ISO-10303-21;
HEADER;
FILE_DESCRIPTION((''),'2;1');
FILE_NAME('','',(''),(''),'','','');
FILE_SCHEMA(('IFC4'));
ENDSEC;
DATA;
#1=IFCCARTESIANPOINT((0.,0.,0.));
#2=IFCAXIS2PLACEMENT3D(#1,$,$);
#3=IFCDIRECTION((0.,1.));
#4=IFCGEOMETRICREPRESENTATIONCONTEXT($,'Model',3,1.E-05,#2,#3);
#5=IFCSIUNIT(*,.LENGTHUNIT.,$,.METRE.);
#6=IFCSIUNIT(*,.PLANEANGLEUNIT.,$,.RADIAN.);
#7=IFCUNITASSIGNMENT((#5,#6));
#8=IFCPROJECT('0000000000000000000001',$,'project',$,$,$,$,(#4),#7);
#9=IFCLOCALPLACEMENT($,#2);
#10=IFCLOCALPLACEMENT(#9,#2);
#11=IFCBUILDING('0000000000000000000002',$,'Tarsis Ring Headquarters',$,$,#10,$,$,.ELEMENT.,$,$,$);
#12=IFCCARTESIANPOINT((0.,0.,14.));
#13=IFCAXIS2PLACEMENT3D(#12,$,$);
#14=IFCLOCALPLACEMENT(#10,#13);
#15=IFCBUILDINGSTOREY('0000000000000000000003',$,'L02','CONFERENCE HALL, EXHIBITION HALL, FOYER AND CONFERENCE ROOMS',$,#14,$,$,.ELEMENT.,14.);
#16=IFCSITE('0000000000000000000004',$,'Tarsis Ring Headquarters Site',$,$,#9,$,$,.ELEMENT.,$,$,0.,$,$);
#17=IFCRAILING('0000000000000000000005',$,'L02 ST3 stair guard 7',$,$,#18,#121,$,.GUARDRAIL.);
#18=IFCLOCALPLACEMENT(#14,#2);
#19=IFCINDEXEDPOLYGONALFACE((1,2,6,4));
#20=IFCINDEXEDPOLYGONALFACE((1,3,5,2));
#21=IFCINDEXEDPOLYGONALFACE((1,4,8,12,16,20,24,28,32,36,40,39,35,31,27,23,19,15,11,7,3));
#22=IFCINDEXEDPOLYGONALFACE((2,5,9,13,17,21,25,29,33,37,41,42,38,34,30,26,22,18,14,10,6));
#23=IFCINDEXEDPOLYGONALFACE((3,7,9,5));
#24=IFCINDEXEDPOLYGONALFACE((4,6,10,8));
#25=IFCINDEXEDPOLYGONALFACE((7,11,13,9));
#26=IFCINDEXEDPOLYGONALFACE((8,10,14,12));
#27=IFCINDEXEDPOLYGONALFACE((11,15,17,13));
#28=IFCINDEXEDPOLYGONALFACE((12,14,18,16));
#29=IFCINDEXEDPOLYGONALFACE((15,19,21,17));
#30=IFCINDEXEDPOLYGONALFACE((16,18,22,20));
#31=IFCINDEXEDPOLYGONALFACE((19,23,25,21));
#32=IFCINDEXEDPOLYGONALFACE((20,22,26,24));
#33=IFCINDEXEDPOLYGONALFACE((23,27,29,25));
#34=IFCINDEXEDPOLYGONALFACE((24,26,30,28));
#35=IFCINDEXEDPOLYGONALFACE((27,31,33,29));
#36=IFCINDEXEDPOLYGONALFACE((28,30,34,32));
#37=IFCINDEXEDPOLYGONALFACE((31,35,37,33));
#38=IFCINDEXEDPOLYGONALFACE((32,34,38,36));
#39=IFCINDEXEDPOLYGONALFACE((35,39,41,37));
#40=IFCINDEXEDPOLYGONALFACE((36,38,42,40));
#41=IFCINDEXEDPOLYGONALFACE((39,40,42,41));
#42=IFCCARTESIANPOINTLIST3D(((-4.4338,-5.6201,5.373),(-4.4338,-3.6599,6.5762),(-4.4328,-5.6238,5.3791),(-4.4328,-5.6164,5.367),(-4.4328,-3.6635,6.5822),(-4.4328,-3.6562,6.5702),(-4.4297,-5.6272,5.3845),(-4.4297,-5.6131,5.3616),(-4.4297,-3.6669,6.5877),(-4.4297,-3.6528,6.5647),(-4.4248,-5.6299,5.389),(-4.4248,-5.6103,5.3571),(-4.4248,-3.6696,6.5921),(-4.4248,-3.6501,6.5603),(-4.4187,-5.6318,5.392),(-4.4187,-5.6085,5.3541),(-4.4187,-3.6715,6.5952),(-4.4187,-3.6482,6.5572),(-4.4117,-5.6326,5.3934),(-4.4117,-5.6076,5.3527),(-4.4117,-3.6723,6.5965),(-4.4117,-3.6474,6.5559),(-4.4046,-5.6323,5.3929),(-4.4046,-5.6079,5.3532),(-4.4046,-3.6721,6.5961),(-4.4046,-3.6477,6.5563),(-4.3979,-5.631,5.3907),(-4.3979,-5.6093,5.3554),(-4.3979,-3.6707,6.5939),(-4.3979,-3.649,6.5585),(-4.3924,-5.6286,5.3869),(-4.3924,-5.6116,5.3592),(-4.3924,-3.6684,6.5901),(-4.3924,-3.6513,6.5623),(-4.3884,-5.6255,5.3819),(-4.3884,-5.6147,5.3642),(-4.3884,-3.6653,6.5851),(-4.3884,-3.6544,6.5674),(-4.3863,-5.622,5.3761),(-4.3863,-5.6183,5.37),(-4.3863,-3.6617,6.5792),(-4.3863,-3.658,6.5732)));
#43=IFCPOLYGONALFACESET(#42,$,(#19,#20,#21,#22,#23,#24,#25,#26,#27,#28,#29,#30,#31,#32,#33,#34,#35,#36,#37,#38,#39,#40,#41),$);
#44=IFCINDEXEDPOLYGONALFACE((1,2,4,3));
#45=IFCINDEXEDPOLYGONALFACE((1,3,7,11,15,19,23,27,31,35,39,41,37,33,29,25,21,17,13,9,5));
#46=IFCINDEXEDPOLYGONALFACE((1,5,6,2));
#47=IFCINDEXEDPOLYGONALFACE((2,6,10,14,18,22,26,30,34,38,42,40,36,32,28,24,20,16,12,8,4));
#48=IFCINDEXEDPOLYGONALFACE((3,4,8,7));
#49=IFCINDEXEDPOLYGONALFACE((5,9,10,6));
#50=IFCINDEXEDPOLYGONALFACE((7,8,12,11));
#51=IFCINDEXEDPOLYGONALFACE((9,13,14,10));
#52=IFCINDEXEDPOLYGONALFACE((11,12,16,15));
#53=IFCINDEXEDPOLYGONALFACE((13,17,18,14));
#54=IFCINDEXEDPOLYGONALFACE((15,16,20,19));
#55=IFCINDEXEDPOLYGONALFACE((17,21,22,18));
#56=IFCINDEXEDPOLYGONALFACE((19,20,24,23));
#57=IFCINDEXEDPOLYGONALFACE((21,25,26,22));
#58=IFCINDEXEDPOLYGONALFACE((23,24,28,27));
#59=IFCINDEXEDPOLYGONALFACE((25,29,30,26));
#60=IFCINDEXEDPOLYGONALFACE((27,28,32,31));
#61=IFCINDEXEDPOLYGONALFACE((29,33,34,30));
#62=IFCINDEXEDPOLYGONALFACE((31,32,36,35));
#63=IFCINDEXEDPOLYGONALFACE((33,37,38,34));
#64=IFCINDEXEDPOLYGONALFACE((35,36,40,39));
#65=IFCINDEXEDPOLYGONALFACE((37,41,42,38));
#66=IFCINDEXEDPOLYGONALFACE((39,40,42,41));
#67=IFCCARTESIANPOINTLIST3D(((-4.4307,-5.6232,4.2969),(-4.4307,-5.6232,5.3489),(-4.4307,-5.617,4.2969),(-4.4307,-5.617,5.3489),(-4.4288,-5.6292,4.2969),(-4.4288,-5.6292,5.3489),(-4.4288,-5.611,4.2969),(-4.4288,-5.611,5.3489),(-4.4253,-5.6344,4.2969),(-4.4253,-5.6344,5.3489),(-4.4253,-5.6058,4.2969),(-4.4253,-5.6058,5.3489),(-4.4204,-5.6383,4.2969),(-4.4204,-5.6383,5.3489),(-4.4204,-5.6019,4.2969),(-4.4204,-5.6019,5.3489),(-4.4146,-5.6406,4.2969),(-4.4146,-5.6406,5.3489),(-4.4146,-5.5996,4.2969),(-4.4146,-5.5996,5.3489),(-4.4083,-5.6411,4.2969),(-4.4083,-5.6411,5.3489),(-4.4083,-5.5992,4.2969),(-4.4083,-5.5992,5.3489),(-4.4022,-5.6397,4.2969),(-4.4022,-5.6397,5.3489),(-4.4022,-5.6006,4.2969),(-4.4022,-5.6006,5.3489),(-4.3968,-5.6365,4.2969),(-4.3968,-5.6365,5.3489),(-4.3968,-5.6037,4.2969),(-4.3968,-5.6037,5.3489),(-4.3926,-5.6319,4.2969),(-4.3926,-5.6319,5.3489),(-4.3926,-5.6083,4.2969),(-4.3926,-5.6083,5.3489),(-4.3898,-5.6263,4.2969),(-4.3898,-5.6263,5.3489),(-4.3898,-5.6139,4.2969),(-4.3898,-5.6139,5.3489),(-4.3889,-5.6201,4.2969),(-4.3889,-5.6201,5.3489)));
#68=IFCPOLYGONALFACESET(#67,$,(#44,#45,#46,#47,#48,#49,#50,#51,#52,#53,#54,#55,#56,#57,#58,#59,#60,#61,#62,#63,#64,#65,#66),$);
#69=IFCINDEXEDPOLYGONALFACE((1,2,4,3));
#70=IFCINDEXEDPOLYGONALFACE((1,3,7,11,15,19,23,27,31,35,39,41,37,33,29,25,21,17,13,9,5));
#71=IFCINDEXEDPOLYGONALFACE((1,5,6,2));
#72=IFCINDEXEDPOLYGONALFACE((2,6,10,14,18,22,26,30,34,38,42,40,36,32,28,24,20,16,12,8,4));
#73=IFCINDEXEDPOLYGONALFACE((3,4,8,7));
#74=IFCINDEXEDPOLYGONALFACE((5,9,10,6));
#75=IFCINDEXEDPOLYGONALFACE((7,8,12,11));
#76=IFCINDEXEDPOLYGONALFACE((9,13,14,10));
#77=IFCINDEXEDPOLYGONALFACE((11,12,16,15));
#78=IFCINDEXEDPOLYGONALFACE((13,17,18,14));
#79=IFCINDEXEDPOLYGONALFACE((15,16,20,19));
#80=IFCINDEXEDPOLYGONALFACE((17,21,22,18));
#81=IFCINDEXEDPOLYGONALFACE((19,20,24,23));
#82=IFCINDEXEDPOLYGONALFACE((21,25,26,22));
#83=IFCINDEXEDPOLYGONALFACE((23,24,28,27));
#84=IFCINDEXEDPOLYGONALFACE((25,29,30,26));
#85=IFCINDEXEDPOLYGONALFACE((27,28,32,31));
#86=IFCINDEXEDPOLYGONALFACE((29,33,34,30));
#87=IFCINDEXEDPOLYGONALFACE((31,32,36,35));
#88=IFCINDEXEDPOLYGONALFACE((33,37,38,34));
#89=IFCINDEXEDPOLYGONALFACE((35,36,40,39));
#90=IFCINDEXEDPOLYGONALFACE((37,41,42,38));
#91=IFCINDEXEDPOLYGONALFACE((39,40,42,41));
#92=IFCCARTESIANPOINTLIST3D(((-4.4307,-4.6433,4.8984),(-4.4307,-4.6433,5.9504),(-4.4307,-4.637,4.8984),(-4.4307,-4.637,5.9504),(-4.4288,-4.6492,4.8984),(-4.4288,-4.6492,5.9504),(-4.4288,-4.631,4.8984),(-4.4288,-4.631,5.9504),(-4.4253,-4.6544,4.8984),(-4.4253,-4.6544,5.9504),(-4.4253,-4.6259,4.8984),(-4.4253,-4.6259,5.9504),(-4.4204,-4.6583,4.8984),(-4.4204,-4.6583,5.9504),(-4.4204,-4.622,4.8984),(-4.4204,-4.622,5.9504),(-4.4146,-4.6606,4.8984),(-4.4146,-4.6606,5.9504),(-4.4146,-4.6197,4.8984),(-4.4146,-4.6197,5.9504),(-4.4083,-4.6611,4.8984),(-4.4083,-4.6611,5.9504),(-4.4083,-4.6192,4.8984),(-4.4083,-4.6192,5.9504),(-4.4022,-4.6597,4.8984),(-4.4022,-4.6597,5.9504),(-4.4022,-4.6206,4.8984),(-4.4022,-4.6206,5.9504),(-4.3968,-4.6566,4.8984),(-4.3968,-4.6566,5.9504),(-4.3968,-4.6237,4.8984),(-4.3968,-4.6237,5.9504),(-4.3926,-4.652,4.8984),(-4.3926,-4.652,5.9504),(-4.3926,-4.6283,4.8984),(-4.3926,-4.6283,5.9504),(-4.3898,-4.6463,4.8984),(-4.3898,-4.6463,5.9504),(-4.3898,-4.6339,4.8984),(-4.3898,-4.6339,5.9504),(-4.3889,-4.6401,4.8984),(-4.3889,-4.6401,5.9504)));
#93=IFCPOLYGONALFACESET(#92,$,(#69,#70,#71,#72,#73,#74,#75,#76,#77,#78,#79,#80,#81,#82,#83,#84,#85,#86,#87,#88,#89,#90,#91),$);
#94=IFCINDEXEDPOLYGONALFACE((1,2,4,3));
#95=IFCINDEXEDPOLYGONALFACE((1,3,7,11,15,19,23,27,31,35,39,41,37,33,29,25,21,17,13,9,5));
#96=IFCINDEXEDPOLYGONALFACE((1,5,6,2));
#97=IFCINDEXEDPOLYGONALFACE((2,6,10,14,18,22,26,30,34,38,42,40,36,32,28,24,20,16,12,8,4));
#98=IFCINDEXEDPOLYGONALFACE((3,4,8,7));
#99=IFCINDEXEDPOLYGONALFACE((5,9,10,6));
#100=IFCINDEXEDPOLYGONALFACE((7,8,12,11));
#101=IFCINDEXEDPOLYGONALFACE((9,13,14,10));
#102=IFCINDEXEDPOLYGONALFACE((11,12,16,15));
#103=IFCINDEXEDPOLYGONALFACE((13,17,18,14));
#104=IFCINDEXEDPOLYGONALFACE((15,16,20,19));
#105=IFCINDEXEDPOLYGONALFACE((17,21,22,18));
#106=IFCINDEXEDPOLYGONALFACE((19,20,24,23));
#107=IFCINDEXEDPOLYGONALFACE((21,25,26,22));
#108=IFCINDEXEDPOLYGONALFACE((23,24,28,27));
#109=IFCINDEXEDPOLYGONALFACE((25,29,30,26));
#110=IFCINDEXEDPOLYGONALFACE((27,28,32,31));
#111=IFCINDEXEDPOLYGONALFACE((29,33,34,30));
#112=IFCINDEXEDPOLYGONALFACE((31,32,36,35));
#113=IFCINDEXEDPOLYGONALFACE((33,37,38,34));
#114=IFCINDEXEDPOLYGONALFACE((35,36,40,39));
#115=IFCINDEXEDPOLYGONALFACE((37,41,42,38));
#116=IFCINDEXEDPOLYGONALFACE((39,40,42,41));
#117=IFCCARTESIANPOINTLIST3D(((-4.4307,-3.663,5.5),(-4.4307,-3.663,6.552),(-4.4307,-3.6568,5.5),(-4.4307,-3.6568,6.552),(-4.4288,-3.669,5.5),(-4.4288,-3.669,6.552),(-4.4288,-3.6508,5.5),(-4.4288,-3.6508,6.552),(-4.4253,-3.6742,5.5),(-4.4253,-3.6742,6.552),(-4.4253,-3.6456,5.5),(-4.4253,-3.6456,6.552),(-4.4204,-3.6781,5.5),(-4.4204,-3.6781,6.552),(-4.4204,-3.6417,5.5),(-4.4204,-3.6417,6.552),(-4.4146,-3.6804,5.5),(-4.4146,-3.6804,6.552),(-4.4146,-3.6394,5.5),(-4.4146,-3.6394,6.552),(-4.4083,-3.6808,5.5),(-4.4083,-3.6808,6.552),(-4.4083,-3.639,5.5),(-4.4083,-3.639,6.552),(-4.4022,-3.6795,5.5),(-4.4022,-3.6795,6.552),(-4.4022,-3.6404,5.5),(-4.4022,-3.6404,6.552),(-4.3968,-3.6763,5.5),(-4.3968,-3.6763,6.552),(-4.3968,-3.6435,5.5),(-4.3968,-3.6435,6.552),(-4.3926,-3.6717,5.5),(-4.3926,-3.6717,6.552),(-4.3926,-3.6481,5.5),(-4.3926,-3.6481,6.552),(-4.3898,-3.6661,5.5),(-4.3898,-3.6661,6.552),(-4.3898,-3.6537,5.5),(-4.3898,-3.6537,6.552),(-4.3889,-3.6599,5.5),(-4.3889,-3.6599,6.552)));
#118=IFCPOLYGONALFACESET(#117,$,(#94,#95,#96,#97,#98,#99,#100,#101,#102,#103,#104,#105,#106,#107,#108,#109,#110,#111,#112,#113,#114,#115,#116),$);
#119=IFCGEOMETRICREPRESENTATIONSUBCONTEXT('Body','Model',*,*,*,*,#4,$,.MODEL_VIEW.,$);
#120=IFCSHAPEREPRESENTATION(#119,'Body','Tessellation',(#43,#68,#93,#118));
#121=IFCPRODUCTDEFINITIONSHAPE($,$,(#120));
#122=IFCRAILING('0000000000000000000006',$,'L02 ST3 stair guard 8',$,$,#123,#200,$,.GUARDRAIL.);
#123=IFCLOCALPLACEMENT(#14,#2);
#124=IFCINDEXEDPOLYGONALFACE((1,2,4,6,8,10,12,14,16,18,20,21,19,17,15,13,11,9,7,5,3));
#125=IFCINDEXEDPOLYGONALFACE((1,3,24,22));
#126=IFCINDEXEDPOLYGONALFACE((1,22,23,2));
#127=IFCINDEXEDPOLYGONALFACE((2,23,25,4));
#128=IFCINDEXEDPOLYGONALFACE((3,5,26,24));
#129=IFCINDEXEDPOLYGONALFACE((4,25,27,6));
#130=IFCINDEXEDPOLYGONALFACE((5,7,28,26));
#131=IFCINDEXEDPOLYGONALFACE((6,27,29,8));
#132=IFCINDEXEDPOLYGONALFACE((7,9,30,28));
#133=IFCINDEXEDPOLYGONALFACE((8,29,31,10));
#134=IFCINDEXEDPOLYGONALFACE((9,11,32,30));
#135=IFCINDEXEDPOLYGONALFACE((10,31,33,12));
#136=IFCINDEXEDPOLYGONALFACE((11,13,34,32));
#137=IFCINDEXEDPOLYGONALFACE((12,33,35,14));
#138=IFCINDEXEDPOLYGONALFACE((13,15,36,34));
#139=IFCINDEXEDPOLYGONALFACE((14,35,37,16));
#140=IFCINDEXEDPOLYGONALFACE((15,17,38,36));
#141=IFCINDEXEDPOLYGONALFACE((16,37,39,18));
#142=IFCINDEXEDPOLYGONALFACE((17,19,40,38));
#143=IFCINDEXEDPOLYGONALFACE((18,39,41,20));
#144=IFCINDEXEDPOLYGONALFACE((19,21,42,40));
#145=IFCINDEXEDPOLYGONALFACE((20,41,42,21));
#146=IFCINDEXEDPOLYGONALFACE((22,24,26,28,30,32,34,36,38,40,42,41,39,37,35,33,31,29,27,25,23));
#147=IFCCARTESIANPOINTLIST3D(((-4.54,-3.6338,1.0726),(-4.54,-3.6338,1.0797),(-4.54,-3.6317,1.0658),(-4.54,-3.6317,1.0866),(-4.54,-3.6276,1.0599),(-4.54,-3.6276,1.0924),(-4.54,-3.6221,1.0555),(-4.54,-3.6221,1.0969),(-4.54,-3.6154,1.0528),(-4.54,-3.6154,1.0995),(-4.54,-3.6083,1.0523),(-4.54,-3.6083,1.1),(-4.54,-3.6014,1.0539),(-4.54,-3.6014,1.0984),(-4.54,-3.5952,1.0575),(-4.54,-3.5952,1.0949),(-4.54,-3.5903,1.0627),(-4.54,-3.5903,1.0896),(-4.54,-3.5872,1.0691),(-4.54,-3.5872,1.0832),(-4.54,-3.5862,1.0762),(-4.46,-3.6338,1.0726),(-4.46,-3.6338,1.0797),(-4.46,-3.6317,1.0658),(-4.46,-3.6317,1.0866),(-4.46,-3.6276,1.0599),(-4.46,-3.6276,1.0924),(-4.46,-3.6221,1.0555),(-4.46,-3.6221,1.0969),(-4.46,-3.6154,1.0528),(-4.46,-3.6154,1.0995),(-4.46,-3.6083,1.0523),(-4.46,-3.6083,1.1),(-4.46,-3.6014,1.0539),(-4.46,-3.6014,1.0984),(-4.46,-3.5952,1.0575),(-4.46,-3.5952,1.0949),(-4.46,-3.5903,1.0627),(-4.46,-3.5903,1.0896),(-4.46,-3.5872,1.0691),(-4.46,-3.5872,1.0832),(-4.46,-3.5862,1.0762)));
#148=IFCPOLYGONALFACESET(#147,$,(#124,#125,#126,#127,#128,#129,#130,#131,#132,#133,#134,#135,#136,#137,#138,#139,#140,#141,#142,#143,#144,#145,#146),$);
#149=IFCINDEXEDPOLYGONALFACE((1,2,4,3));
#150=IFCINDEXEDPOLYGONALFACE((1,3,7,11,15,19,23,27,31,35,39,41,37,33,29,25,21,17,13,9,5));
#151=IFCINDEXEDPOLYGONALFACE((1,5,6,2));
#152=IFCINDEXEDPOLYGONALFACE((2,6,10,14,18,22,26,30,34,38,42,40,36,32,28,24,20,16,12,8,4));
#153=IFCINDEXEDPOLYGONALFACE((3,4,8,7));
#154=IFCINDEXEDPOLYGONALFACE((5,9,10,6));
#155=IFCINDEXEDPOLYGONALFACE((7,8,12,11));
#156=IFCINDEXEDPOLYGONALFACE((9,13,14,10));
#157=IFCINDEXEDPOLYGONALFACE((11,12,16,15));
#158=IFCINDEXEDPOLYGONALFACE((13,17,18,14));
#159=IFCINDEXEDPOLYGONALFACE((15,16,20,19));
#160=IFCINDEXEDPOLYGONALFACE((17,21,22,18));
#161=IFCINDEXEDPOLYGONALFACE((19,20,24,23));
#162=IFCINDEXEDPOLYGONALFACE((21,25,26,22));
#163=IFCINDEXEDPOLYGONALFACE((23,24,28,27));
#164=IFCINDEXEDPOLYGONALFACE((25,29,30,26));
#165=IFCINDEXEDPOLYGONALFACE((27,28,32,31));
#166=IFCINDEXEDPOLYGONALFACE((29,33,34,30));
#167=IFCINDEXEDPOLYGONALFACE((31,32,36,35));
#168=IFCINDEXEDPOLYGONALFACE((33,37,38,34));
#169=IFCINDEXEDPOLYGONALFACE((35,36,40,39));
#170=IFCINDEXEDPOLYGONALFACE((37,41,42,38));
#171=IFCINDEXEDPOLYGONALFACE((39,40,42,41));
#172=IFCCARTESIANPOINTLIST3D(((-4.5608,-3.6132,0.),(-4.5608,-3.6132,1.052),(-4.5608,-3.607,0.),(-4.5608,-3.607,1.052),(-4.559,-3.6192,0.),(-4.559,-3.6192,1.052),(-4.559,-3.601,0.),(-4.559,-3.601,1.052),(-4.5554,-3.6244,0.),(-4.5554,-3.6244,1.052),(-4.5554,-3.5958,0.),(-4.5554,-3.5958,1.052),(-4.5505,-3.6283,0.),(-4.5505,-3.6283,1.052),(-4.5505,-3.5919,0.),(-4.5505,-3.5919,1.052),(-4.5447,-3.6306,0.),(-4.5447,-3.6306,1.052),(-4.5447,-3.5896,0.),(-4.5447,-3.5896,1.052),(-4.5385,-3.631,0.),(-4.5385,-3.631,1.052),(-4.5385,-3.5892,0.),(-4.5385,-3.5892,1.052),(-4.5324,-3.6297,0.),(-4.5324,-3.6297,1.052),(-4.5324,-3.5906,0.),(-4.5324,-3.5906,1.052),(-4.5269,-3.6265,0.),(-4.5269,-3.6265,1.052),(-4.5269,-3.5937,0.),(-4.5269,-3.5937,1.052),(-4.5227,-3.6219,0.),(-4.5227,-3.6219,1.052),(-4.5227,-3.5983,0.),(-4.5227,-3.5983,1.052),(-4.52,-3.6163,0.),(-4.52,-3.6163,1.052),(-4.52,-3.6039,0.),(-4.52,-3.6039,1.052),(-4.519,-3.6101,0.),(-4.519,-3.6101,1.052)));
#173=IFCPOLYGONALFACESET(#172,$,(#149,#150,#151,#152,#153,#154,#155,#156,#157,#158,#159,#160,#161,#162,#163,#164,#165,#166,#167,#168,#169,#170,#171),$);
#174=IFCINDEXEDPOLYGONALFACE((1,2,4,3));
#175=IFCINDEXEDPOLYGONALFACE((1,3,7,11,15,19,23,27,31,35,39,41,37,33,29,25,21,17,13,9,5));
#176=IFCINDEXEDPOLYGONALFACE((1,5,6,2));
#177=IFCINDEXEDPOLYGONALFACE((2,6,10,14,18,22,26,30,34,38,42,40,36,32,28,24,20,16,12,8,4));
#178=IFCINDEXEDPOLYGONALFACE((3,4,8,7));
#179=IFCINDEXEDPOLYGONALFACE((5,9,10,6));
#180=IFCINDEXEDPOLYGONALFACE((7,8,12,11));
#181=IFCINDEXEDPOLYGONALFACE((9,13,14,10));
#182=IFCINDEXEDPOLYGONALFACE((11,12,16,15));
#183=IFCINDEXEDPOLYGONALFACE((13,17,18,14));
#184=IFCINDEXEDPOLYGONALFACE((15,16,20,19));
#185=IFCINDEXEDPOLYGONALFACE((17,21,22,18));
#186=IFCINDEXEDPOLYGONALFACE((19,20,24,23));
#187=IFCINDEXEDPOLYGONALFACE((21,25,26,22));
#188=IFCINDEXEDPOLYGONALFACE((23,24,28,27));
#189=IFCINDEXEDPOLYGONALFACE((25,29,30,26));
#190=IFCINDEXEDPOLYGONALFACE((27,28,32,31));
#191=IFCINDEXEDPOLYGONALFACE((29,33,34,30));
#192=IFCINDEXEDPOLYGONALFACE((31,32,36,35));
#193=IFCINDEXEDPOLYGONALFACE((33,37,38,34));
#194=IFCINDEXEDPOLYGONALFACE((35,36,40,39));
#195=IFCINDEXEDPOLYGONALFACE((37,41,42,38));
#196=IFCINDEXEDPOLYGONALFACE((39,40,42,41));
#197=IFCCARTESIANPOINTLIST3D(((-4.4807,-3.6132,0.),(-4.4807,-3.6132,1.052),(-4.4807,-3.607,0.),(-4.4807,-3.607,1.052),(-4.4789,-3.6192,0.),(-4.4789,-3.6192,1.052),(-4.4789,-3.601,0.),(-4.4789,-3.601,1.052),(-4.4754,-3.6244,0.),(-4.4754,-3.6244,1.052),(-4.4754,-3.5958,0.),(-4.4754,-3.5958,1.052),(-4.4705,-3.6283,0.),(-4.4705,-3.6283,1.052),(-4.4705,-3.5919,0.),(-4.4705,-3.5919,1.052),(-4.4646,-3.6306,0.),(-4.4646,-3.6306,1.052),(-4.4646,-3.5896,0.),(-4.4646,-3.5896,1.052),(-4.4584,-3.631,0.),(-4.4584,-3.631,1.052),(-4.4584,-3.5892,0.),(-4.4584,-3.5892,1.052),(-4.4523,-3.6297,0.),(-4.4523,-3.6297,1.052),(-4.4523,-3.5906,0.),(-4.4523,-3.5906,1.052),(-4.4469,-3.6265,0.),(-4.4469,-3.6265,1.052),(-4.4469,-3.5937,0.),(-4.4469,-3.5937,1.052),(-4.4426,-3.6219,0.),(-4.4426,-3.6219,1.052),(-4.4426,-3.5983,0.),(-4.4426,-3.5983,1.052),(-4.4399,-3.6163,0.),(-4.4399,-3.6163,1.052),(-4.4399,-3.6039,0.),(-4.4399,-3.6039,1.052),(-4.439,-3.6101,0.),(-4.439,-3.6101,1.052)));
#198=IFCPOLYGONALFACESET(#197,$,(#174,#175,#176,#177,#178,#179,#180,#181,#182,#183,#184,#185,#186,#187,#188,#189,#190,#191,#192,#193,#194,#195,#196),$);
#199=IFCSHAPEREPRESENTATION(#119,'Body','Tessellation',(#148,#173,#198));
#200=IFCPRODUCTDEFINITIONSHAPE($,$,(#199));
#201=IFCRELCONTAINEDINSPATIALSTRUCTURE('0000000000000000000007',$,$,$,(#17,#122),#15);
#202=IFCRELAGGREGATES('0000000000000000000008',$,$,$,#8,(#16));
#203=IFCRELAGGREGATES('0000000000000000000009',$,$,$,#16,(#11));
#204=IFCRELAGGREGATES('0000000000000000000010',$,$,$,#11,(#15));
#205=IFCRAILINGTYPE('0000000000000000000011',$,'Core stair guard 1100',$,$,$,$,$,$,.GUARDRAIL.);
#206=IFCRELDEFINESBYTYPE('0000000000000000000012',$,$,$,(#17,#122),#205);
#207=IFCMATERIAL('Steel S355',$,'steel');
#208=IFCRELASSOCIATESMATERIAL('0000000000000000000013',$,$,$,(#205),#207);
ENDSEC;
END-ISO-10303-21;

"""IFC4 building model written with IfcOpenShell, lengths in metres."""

from ifc_helpers import new_model, si_unit, direction, frame, origin, origin_2d, place, context, subcontext, project, spatial, circle, extrude, material, type_object, element, save


model = new_model("IFC4")

# Units and contexts
model_context = context("Model", 3, precision=1e-05, world=origin(), true_north=direction((0.0, 1.0)))
body_context = subcontext(model_context, "Body", "Model", "MODEL_VIEW")
ifc_project = project(units=[si_unit("LENGTHUNIT", "METRE"), si_unit("PLANEANGLEUNIT", "RADIAN")], contexts=[model_context])

# Site, building, storey
site_placement = place(None, origin())
site = spatial("IfcSite", under=ifc_project, at=site_placement, Name="Tarsis Ring Headquarters Site", CompositionType="ELEMENT", RefElevation=0.0)
building_placement = place(site_placement, origin())
building = spatial("IfcBuilding", under=site, at=building_placement, Name="Tarsis Ring Headquarters", CompositionType="ELEMENT")
storey_placement = place(building_placement, frame((0.0, 0.0, 14.0)))
storey = spatial("IfcBuildingStorey", under=building, at=storey_placement, Name="L02", Description="CONFERENCE HALL, EXHIBITION HALL, FOYER AND CONFERENCE ROOMS", CompositionType="ELEMENT", Elevation=14.0)

# Railings
ifc_material_1 = material(Name="Steel S355", Category="steel")
railing_type_1 = type_object("IfcRailingType", Name="Core stair guard 1100", PredefinedType="GUARDRAIL", material=ifc_material_1)
railing_1_placement = place(storey_placement, frame((-4.4099, -5.6201, 4.2969)))
element("IfcRailing", 1, at=railing_1_placement, inside=storey, type_object=railing_type_1, Name="L02 ST3 stair guard 7", PredefinedType="GUARDRAIL", context=body_context, shape_type="SweptSolid", body=[
    extrude(circle(Radius=0.0239, at=origin_2d()), frame((0.0, 0.0, 1.0762), z_axis=(0.0, 0.85227, 0.523102), x_axis=(-1.0, 0.0, 0.0)), (0.0, 0.0, 1.0), 2.3),
    extrude(circle(Radius=0.021, at=origin_2d()), origin(), (0.0, 0.0, 1.0), 1.052),
    extrude(circle(Radius=0.021, at=origin_2d()), frame((0.0, 0.98, 0.6016)), (0.0, 0.0, 1.0), 1.052),
    extrude(circle(Radius=0.021, at=origin_2d()), frame((0.0, 1.9602, 1.2031)), (0.0, 0.0, 1.0), 1.052),
])
railing_2_placement = place(storey_placement, frame((-4.54, -3.6101, 0.0)))
element("IfcRailing", 2, at=railing_2_placement, inside=storey, type_object=railing_type_1, Name="L02 ST3 stair guard 8", PredefinedType="GUARDRAIL", context=body_context, shape_type="SweptSolid", body=[
    extrude(circle(Radius=0.0239, at=origin_2d()), frame((0.0, 0.0, 1.0762), z_axis=(1.0, 0.0, 0.0), x_axis=(0.0, 1.0, 0.0)), (0.0, 0.0, 1.0), 0.0801),
    extrude(circle(Radius=0.021, at=origin_2d()), origin(), (0.0, 0.0, 1.0), 1.052),
    extrude(circle(Radius=0.021, at=origin_2d()), frame((0.0801, 0.0, 0.0)), (0.0, 0.0, 1.0), 1.052),
])

save(model, "model.ifc")
